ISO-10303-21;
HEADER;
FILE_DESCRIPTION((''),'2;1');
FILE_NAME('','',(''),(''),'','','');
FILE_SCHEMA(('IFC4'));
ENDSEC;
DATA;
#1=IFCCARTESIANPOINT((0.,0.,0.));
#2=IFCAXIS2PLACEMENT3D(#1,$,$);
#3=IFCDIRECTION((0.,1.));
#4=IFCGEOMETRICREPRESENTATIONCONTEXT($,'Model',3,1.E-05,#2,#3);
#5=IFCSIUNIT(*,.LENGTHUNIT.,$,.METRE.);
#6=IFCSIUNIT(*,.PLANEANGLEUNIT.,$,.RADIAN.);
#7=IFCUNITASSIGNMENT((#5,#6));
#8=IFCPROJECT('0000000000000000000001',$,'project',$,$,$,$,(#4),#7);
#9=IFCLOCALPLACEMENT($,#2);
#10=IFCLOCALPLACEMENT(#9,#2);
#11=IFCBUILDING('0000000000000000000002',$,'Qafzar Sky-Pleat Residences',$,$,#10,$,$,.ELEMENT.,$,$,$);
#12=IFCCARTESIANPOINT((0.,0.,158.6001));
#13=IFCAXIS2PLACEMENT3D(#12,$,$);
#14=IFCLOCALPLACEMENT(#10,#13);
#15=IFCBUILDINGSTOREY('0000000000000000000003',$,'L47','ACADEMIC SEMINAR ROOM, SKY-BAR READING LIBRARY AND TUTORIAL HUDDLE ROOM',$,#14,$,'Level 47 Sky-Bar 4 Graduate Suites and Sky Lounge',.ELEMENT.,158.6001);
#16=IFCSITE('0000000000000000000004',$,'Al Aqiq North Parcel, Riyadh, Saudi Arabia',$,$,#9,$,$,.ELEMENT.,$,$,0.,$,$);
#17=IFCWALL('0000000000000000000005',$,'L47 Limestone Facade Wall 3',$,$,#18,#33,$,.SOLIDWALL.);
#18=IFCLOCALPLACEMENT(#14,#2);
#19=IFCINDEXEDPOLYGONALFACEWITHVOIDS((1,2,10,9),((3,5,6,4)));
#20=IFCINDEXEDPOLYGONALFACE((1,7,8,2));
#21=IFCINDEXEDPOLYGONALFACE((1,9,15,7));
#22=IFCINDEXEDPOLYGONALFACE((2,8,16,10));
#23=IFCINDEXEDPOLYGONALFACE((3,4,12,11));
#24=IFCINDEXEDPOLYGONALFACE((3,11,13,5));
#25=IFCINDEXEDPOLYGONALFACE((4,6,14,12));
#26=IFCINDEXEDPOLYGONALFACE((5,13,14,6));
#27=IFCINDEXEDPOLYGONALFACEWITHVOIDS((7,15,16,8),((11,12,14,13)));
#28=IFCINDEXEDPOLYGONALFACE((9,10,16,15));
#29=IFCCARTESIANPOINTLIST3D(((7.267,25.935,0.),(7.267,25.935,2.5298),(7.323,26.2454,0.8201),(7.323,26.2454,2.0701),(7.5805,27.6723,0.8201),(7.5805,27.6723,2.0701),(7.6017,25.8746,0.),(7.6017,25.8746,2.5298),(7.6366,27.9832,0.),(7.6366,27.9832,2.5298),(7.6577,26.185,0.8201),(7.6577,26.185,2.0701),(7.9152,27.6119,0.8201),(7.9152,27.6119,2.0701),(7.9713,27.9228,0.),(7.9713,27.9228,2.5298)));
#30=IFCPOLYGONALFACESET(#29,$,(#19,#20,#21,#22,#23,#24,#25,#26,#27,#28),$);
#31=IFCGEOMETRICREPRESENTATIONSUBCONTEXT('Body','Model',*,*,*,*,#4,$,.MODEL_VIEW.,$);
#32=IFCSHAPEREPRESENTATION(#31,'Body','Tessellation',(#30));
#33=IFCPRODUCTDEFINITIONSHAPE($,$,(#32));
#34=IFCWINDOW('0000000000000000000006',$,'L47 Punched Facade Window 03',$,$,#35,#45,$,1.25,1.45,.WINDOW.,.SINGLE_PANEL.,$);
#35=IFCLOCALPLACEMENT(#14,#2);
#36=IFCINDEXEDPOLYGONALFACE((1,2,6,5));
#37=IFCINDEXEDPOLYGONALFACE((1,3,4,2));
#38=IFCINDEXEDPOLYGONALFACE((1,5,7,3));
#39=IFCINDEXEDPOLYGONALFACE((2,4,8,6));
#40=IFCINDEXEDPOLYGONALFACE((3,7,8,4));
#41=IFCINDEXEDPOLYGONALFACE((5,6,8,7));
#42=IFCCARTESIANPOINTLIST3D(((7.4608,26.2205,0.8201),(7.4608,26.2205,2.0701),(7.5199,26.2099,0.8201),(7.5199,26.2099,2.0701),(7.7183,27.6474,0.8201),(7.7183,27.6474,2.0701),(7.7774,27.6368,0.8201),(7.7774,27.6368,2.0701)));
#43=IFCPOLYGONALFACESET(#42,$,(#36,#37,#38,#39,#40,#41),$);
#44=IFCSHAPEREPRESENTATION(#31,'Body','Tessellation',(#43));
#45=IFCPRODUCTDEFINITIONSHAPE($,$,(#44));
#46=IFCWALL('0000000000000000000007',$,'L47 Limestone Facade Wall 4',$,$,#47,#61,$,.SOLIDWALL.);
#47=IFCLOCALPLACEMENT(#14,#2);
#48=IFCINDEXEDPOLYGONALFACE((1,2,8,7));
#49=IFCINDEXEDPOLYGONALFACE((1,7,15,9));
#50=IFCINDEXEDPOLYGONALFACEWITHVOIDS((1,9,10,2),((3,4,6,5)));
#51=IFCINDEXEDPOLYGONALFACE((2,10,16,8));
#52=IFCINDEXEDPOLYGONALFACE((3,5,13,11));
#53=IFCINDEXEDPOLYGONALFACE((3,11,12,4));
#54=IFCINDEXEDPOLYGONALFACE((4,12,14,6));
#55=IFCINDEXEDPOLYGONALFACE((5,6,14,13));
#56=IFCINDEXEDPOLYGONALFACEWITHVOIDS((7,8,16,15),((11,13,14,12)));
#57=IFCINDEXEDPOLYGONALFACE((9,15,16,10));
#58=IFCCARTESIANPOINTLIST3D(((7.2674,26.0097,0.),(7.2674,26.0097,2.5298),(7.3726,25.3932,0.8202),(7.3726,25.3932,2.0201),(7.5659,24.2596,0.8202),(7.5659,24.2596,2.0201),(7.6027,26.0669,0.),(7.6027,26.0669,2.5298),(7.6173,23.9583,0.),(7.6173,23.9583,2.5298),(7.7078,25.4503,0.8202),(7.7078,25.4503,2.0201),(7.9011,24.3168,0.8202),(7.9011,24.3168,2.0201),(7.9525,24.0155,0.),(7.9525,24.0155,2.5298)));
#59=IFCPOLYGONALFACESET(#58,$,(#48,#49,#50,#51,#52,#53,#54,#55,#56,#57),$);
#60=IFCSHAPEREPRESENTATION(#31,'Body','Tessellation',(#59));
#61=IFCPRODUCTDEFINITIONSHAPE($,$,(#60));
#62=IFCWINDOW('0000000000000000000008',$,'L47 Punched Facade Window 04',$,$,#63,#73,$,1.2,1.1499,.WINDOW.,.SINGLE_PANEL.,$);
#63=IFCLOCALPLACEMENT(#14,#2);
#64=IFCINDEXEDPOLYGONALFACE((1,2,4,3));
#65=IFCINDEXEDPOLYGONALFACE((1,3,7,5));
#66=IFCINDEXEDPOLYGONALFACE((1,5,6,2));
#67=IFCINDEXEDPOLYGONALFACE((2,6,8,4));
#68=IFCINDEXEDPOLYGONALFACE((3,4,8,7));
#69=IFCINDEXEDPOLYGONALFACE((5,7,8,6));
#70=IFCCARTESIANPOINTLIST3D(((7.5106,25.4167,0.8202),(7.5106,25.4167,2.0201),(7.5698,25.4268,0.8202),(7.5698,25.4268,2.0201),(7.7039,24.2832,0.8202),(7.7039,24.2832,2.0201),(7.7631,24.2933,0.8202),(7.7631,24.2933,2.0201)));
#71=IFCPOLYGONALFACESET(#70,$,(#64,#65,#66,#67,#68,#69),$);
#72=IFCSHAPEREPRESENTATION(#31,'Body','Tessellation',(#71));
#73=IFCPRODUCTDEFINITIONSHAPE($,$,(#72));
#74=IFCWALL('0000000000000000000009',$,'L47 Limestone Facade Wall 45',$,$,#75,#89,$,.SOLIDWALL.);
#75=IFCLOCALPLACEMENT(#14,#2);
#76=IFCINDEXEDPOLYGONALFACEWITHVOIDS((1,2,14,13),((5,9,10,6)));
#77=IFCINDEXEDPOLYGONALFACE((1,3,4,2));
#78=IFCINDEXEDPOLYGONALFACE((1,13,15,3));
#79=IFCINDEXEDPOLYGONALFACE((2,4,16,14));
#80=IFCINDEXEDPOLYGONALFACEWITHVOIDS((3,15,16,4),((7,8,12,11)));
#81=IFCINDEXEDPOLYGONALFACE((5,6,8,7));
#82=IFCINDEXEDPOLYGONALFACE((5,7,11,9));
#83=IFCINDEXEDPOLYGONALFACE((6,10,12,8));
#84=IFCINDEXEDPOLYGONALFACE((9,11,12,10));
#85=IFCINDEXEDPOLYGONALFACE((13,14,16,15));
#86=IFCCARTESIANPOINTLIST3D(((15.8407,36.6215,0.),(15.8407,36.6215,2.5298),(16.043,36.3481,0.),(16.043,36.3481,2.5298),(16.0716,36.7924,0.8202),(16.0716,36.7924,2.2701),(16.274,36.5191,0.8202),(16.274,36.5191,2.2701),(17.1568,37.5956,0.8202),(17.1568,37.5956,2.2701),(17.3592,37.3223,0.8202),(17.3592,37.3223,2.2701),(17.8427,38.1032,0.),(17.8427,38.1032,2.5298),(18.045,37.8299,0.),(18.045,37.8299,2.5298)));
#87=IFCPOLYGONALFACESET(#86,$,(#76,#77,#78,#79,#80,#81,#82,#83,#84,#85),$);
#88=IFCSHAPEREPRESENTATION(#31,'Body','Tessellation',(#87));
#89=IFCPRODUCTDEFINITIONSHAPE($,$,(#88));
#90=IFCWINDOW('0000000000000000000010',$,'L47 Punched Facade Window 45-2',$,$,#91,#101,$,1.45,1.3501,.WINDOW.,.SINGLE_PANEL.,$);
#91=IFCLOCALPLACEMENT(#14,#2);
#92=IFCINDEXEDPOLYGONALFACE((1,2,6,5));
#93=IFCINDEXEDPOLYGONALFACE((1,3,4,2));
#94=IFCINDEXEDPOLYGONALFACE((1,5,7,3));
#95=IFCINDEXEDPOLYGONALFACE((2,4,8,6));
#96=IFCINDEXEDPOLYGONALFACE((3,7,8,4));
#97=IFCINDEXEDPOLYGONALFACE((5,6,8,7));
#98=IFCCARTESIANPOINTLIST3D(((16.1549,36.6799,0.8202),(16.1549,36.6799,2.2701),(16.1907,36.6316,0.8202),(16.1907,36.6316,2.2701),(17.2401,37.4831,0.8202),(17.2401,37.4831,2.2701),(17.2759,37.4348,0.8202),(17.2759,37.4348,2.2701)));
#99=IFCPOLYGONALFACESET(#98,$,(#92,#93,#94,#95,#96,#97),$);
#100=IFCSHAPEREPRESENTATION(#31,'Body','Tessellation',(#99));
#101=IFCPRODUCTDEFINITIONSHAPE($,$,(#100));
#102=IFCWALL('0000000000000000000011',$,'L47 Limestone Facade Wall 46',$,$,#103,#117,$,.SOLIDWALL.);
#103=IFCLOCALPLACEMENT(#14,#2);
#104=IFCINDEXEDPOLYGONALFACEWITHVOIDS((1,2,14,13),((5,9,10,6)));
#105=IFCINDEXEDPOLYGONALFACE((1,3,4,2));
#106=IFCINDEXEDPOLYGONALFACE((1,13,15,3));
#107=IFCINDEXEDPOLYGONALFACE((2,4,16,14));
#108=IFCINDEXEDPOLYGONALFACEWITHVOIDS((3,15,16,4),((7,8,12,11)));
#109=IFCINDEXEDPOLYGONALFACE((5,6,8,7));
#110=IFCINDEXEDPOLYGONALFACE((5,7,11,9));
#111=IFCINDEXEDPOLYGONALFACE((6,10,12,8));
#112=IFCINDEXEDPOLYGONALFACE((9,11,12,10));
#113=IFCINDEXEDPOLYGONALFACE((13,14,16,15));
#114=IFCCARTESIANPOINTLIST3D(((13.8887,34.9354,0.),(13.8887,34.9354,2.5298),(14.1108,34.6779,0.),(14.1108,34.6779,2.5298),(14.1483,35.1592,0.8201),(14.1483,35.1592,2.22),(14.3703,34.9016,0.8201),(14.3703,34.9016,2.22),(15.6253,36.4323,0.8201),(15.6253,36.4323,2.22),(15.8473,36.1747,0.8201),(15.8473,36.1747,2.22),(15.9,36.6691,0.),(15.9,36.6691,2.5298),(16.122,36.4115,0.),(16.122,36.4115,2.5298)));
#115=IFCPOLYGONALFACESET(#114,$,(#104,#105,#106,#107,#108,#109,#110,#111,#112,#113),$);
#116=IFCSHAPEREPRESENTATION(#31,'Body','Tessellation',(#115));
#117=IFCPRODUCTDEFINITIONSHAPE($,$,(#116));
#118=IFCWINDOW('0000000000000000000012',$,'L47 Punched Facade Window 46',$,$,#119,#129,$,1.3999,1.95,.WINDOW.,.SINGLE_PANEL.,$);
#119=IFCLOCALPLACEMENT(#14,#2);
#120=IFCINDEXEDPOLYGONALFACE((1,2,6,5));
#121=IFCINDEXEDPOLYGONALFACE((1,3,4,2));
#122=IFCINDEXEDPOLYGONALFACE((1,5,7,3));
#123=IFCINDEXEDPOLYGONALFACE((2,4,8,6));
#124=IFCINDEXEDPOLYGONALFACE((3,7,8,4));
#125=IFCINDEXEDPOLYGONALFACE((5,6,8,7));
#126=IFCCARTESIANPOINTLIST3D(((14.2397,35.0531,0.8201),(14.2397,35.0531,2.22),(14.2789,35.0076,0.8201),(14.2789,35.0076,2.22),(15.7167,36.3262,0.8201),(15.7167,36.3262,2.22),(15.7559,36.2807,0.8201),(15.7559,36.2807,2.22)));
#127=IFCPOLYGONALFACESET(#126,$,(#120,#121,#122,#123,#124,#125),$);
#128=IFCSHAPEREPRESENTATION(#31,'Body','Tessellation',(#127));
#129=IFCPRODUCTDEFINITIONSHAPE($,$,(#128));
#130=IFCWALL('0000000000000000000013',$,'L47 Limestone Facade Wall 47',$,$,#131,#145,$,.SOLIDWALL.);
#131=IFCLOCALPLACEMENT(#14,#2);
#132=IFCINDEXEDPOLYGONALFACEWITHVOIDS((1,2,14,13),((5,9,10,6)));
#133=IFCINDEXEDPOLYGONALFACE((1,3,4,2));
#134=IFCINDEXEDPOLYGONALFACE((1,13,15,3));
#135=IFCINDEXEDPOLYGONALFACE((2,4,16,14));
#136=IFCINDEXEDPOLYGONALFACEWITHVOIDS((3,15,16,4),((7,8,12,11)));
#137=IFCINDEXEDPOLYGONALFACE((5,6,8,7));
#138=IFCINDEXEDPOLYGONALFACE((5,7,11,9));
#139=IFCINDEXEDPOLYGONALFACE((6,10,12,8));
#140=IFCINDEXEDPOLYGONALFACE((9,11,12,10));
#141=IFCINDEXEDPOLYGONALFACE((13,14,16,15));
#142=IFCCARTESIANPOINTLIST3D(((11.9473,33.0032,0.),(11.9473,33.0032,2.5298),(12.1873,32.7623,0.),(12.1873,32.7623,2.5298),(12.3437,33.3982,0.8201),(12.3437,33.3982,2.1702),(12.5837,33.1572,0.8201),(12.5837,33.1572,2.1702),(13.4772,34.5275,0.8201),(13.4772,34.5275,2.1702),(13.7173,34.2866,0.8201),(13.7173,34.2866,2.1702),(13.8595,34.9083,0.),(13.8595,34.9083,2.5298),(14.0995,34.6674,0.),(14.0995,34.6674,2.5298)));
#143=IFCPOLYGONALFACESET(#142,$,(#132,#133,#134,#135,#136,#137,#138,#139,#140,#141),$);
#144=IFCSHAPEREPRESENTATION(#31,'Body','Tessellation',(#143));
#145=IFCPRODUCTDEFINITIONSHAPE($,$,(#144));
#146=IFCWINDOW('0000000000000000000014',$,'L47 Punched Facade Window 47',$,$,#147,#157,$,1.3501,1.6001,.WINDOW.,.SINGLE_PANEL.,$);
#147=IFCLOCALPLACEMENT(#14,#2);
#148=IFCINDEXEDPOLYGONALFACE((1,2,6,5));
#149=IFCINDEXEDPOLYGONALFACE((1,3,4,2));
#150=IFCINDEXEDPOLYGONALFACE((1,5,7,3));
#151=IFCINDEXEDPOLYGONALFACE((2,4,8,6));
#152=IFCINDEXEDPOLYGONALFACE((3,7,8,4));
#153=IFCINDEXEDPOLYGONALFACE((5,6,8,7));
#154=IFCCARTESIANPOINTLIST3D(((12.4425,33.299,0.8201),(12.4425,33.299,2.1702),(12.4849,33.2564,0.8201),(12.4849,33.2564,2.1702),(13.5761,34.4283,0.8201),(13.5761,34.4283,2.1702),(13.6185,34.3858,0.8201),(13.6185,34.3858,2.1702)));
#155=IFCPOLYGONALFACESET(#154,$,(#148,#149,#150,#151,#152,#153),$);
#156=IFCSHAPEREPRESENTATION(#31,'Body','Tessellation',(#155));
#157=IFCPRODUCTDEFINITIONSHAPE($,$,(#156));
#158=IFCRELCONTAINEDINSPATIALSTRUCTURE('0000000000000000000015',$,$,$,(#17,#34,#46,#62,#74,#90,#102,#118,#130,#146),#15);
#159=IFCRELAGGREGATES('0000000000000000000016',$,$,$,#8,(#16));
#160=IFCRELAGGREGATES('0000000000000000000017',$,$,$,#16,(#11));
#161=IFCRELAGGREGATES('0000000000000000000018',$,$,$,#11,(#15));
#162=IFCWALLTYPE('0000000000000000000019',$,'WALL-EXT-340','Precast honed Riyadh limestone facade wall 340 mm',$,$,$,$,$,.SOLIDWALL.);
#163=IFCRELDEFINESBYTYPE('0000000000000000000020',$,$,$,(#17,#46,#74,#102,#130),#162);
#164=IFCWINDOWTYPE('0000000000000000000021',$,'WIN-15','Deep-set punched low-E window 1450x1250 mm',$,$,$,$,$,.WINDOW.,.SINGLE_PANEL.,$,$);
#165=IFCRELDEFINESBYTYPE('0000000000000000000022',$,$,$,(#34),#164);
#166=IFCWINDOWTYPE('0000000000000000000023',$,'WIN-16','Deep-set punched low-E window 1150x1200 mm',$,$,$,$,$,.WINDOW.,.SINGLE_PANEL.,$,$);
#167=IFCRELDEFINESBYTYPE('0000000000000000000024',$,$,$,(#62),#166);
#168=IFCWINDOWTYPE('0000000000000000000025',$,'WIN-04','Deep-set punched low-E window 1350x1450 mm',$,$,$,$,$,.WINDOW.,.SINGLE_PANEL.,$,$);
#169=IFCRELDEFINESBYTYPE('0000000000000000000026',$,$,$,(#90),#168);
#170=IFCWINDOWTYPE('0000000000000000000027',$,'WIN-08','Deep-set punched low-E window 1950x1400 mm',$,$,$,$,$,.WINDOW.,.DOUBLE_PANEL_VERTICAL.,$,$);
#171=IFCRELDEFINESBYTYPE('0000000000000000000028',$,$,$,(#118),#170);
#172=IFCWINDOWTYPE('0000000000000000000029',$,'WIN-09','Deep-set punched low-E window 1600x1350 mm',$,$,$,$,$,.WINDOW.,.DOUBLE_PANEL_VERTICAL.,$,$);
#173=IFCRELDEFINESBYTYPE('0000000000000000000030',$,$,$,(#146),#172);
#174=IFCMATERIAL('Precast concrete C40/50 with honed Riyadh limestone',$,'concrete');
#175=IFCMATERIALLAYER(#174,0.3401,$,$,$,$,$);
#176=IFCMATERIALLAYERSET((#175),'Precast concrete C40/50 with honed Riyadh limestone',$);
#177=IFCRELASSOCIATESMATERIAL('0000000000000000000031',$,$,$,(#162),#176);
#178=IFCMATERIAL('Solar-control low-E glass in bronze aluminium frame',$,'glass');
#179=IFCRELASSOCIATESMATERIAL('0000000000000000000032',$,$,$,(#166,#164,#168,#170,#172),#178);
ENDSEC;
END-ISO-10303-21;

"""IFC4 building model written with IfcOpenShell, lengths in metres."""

from ifc_helpers import new_model, si_unit, direction, frame, frame_2d, origin, place, context, subcontext, project, spatial, rectangle, extrude, source, transform, mapped, material, layer, layer_set, type_object, element, fill, save


model = new_model("IFC4")

# Units and contexts
model_context = context("Model", 3, precision=1e-05, world=origin(), true_north=direction((0.0, 1.0)))
body_context = subcontext(model_context, "Body", "Model", "MODEL_VIEW")
ifc_project = project(units=[si_unit("LENGTHUNIT", "METRE"), si_unit("PLANEANGLEUNIT", "RADIAN")], contexts=[model_context])

# Site, building, storey
site_placement = place(None, origin())
site = spatial("IfcSite", under=ifc_project, at=site_placement, Name="Al Aqiq North Parcel, Riyadh, Saudi Arabia", CompositionType="ELEMENT", RefElevation=0.0)
building_placement = place(site_placement, origin())
building = spatial("IfcBuilding", under=site, at=building_placement, Name="Qafzar Sky-Pleat Residences", CompositionType="ELEMENT")
storey_placement = place(building_placement, frame((0.0, 0.0, 158.6001)))
storey = spatial("IfcBuildingStorey", under=building, at=storey_placement, Name="L47", Description="ACADEMIC SEMINAR ROOM, SKY-BAR READING LIBRARY AND TUTORIAL HUDDLE ROOM", LongName="Level 47 Sky-Bar 4 Graduate Suites and Sky Lounge", CompositionType="ELEMENT", Elevation=158.6001)

# Walls, openings, windows
ifc_material_1 = material(Name="Precast concrete C40/50 with honed Riyadh limestone", Category="concrete")
ifc_layer_1 = layer(ifc_material_1, 0.3401)
ifc_layer_set_1 = layer_set([ifc_layer_1], Name="Precast concrete C40/50 with honed Riyadh limestone")
wall_type_1 = type_object("IfcWallType", Name="WALL-EXT-340", Description="Precast honed Riyadh limestone facade wall 340 mm", PredefinedType="SOLIDWALL", material=ifc_layer_set_1)
ifc_material_2 = material(Name="Solar-control low-E glass in bronze aluminium frame", Category="glass")
window_type_1 = type_object("IfcWindowType", Name="WIN-16", Description="Deep-set punched low-E window 1150x1200 mm", PartitioningType="SINGLE_PANEL", PredefinedType="WINDOW", material=ifc_material_2)
shared_shape_1 = source(origin(), body_context, "Body", "SweptSolid", [
    extrude(rectangle(XDim=1.1499, YDim=1.2, at=frame_2d((0.575, 0.6001))), frame((0.0, 0.03, 0.0), z_axis=(0.0, -1.0, 0.0), x_axis=(1.0, 0.0, 0.0)), (0.0, 0.0, 1.0), 0.0601),
])
wall_1_placement = place(storey_placement, frame((7.804, 27.9529, 0.0), z_axis=(0.0, 0.0, 1.0), x_axis=(-0.177605, -0.984102, 0.0)))
wall_1 = element("IfcWall", 1, at=wall_1_placement, inside=storey, type_object=wall_type_1, Name="L47 Limestone Facade Wall 3", PredefinedType="SOLIDWALL", context=body_context, shape_type="SweptSolid", body=[
    extrude(rectangle(XDim=2.0813, YDim=0.3401, at=frame_2d((1.0405, 0.0))), origin(), (0.0, 0.0, 1.0), 2.5298),
])
opening_1_placement = place(wall_1_placement, frame((0.3157, 0.0, 0.8201)))
opening_1 = element("IfcOpeningElement", 2, at=opening_1_placement, cuts=wall_1, PredefinedType="OPENING", context=body_context, shape_type="SweptSolid", body=[
    extrude(rectangle(XDim=1.45, YDim=1.25, at=frame_2d((0.7251, 0.625))), frame((0.0, 0.1802, 0.0), z_axis=(0.0, -1.0, 0.0), x_axis=(1.0, 0.0, 0.0)), (0.0, 0.0, 1.0), 0.3601),
])
window_type_2 = type_object("IfcWindowType", Name="WIN-15", Description="Deep-set punched low-E window 1450x1250 mm", PartitioningType="SINGLE_PANEL", PredefinedType="WINDOW", material=ifc_material_2)
shared_shape_2 = source(origin(), body_context, "Body", "SweptSolid", [
    extrude(rectangle(XDim=1.45, YDim=1.25, at=frame_2d((0.7251, 0.625))), frame((0.0, 0.03, 0.0), z_axis=(0.0, -1.0, 0.0), x_axis=(1.0, 0.0, 0.0)), (0.0, 0.0, 1.0), 0.0601),
])
window_1_placement = place(opening_1_placement, origin())
window_1 = element("IfcWindow", 3, at=window_1_placement, inside=storey, type_object=window_type_2, Name="L47 Punched Facade Window 03", OverallHeight=1.25, OverallWidth=1.45, PartitioningType="SINGLE_PANEL", PredefinedType="WINDOW", context=body_context, shape_type="MappedRepresentation", body=[
    mapped(shared_shape_2, transform((0.0, 0.0, 0.0), x_axis=(1.0, 0.0, 0.0), y_axis=(0.0, 1.0, 0.0), z_axis=(0.0, 0.0, 1.0), scale=1.0)),
])
fill(opening_1, window_1)
wall_2_placement = place(storey_placement, frame((7.4351, 26.0383, 0.0), z_axis=(0.0, 0.0, 1.0), x_axis=(0.168107, -0.985769, 0.0)))
wall_2 = element("IfcWall", 4, at=wall_2_placement, inside=storey, type_object=wall_type_1, Name="L47 Limestone Facade Wall 4", PredefinedType="SOLIDWALL", context=body_context, shape_type="SweptSolid", body=[
    extrude(rectangle(XDim=2.0811, YDim=0.3401, at=frame_2d((1.0405, 0.0))), origin(), (0.0, 0.0, 1.0), 2.5298),
])
opening_2_placement = place(wall_2_placement, frame((0.6255, 0.0, 0.8201)))
opening_2 = element("IfcOpeningElement", 5, at=opening_2_placement, cuts=wall_2, PredefinedType="OPENING", context=body_context, shape_type="SweptSolid", body=[
    extrude(rectangle(XDim=1.1499, YDim=1.2, at=frame_2d((0.575, 0.6001))), frame((0.0, 0.1802, 0.0), z_axis=(0.0, -1.0, 0.0), x_axis=(1.0, 0.0, 0.0)), (0.0, 0.0, 1.0), 0.3601),
])
window_2_placement = place(opening_2_placement, origin())
window_2 = element("IfcWindow", 6, at=window_2_placement, inside=storey, type_object=window_type_1, Name="L47 Punched Facade Window 04", OverallHeight=1.2, OverallWidth=1.1499, PartitioningType="SINGLE_PANEL", PredefinedType="WINDOW", context=body_context, shape_type="MappedRepresentation", body=[
    mapped(shared_shape_1, transform((0.0, 0.0, 0.0), x_axis=(1.0, 0.0, 0.0), y_axis=(0.0, 1.0, 0.0), z_axis=(0.0, 0.0, 1.0), scale=1.0)),
])
fill(opening_2, window_2)
wall_3_placement = place(storey_placement, frame((17.9438, 37.9666, 0.0), z_axis=(0.0, 0.0, 1.0), x_axis=(-0.803795, -0.594906, 0.0)))
wall_3 = element("IfcWall", 7, at=wall_3_placement, inside=storey, type_object=wall_type_1, Name="L47 Limestone Facade Wall 45", PredefinedType="SOLIDWALL", context=body_context, shape_type="SweptSolid", body=[
    extrude(rectangle(XDim=2.4907, YDim=0.3401, at=frame_2d((1.2454, 0.0))), origin(), (0.0, 0.0, 1.0), 2.5298),
])
opening_3_placement = place(wall_3_placement, frame((0.8533, 0.0, 0.8201)))
opening_3 = element("IfcOpeningElement", 8, at=opening_3_placement, cuts=wall_3, PredefinedType="OPENING", context=body_context, shape_type="SweptSolid", body=[
    extrude(rectangle(XDim=1.3501, YDim=1.45, at=frame_2d((0.675, 0.7251))), frame((0.0, 0.1802, 0.0), z_axis=(0.0, -1.0, 0.0), x_axis=(1.0, 0.0, 0.0)), (0.0, 0.0, 1.0), 0.3601),
])
window_type_3 = type_object("IfcWindowType", Name="WIN-04", Description="Deep-set punched low-E window 1350x1450 mm", PartitioningType="SINGLE_PANEL", PredefinedType="WINDOW", material=ifc_material_2)
shared_shape_3 = source(origin(), body_context, "Body", "SweptSolid", [
    extrude(rectangle(XDim=1.3501, YDim=1.45, at=frame_2d((0.675, 0.7251))), frame((0.0, 0.03, 0.0), z_axis=(0.0, -1.0, 0.0), x_axis=(1.0, 0.0, 0.0)), (0.0, 0.0, 1.0), 0.0601),
])
window_3_placement = place(opening_3_placement, origin())
window_3 = element("IfcWindow", 9, at=window_3_placement, inside=storey, type_object=window_type_3, Name="L47 Punched Facade Window 45-2", OverallHeight=1.45, OverallWidth=1.3501, PartitioningType="SINGLE_PANEL", PredefinedType="WINDOW", context=body_context, shape_type="MappedRepresentation", body=[
    mapped(shared_shape_3, transform((0.0, 0.0, 0.0), x_axis=(1.0, 0.0, 0.0), y_axis=(0.0, 1.0, 0.0), z_axis=(0.0, 0.0, 1.0), scale=1.0)),
])
fill(opening_3, window_3)
wall_4_placement = place(storey_placement, frame((16.011, 36.5403, 0.0), z_axis=(0.0, 0.0, 1.0), x_axis=(-0.757443, -0.652901, 0.0)))
wall_4 = element("IfcWall", 10, at=wall_4_placement, inside=storey, type_object=wall_type_1, Name="L47 Limestone Facade Wall 46", PredefinedType="SOLIDWALL", context=body_context, shape_type="SweptSolid", body=[
    extrude(rectangle(XDim=2.6553, YDim=0.3401, at=frame_2d((1.3276, 0.0))), origin(), (0.0, 0.0, 1.0), 2.5298),
])
opening_4_placement = place(wall_4_placement, frame((0.3625, 0.0, 0.8201)))
opening_4 = element("IfcOpeningElement", 11, at=opening_4_placement, cuts=wall_4, PredefinedType="OPENING", context=body_context, shape_type="SweptSolid", body=[
    extrude(rectangle(XDim=1.95, YDim=1.3999, at=frame_2d((0.9751, 0.7))), frame((0.0, 0.1802, 0.0), z_axis=(0.0, -1.0, 0.0), x_axis=(1.0, 0.0, 0.0)), (0.0, 0.0, 1.0), 0.3601),
])
window_type_4 = type_object("IfcWindowType", Name="WIN-08", Description="Deep-set punched low-E window 1950x1400 mm", PartitioningType="DOUBLE_PANEL_VERTICAL", PredefinedType="WINDOW", material=ifc_material_2)
shared_shape_4 = source(origin(), body_context, "Body", "SweptSolid", [
    extrude(rectangle(XDim=1.95, YDim=1.3999, at=frame_2d((0.9751, 0.7))), frame((0.0, 0.03, 0.0), z_axis=(0.0, -1.0, 0.0), x_axis=(1.0, 0.0, 0.0)), (0.0, 0.0, 1.0), 0.0601),
])
window_4_placement = place(opening_4_placement, origin())
window_4 = element("IfcWindow", 12, at=window_4_placement, inside=storey, type_object=window_type_4, Name="L47 Punched Facade Window 46", OverallHeight=1.3999, OverallWidth=1.95, PartitioningType="SINGLE_PANEL", PredefinedType="WINDOW", context=body_context, shape_type="MappedRepresentation", body=[
    mapped(shared_shape_4, transform((0.0, 0.0, 0.0), x_axis=(1.0, 0.0, 0.0), y_axis=(0.0, 1.0, 0.0), z_axis=(0.0, 0.0, 1.0), scale=1.0)),
])
fill(opening_4, window_4)
wall_5_placement = place(storey_placement, frame((13.9795, 34.7878, 0.0), z_axis=(0.0, 0.0, 1.0), x_axis=(-0.708417, -0.705794, 0.0)))
wall_5 = element("IfcWall", 13, at=wall_5_placement, inside=storey, type_object=wall_type_1, Name="L47 Limestone Facade Wall 47", PredefinedType="SOLIDWALL", context=body_context, shape_type="SweptSolid", body=[
    extrude(rectangle(XDim=2.6992, YDim=0.3401, at=frame_2d((1.3496, 0.0))), origin(), (0.0, 0.0, 1.0), 2.5298),
])
opening_5_placement = place(wall_5_placement, frame((0.5396, 0.0, 0.8201)))
opening_5 = element("IfcOpeningElement", 14, at=opening_5_placement, cuts=wall_5, PredefinedType="OPENING", context=body_context, shape_type="SweptSolid", body=[
    extrude(rectangle(XDim=1.6001, YDim=1.3501, at=frame_2d((0.8, 0.675))), frame((0.0, 0.1802, 0.0), z_axis=(0.0, -1.0, 0.0), x_axis=(1.0, 0.0, 0.0)), (0.0, 0.0, 1.0), 0.3601),
])
window_type_5 = type_object("IfcWindowType", Name="WIN-09", Description="Deep-set punched low-E window 1600x1350 mm", PartitioningType="DOUBLE_PANEL_VERTICAL", PredefinedType="WINDOW", material=ifc_material_2)
shared_shape_5 = source(origin(), body_context, "Body", "SweptSolid", [
    extrude(rectangle(XDim=1.6001, YDim=1.3501, at=frame_2d((0.8, 0.675))), frame((0.0, 0.03, 0.0), z_axis=(0.0, -1.0, 0.0), x_axis=(1.0, 0.0, 0.0)), (0.0, 0.0, 1.0), 0.0601),
])
window_5_placement = place(opening_5_placement, origin())
window_5 = element("IfcWindow", 15, at=window_5_placement, inside=storey, type_object=window_type_5, Name="L47 Punched Facade Window 47", OverallHeight=1.3501, OverallWidth=1.6001, PartitioningType="SINGLE_PANEL", PredefinedType="WINDOW", context=body_context, shape_type="MappedRepresentation", body=[
    mapped(shared_shape_5, transform((0.0, 0.0, 0.0), x_axis=(1.0, 0.0, 0.0), y_axis=(0.0, 1.0, 0.0), z_axis=(0.0, 0.0, 1.0), scale=1.0)),
])
fill(opening_5, window_5)

save(model, "model.ifc")
